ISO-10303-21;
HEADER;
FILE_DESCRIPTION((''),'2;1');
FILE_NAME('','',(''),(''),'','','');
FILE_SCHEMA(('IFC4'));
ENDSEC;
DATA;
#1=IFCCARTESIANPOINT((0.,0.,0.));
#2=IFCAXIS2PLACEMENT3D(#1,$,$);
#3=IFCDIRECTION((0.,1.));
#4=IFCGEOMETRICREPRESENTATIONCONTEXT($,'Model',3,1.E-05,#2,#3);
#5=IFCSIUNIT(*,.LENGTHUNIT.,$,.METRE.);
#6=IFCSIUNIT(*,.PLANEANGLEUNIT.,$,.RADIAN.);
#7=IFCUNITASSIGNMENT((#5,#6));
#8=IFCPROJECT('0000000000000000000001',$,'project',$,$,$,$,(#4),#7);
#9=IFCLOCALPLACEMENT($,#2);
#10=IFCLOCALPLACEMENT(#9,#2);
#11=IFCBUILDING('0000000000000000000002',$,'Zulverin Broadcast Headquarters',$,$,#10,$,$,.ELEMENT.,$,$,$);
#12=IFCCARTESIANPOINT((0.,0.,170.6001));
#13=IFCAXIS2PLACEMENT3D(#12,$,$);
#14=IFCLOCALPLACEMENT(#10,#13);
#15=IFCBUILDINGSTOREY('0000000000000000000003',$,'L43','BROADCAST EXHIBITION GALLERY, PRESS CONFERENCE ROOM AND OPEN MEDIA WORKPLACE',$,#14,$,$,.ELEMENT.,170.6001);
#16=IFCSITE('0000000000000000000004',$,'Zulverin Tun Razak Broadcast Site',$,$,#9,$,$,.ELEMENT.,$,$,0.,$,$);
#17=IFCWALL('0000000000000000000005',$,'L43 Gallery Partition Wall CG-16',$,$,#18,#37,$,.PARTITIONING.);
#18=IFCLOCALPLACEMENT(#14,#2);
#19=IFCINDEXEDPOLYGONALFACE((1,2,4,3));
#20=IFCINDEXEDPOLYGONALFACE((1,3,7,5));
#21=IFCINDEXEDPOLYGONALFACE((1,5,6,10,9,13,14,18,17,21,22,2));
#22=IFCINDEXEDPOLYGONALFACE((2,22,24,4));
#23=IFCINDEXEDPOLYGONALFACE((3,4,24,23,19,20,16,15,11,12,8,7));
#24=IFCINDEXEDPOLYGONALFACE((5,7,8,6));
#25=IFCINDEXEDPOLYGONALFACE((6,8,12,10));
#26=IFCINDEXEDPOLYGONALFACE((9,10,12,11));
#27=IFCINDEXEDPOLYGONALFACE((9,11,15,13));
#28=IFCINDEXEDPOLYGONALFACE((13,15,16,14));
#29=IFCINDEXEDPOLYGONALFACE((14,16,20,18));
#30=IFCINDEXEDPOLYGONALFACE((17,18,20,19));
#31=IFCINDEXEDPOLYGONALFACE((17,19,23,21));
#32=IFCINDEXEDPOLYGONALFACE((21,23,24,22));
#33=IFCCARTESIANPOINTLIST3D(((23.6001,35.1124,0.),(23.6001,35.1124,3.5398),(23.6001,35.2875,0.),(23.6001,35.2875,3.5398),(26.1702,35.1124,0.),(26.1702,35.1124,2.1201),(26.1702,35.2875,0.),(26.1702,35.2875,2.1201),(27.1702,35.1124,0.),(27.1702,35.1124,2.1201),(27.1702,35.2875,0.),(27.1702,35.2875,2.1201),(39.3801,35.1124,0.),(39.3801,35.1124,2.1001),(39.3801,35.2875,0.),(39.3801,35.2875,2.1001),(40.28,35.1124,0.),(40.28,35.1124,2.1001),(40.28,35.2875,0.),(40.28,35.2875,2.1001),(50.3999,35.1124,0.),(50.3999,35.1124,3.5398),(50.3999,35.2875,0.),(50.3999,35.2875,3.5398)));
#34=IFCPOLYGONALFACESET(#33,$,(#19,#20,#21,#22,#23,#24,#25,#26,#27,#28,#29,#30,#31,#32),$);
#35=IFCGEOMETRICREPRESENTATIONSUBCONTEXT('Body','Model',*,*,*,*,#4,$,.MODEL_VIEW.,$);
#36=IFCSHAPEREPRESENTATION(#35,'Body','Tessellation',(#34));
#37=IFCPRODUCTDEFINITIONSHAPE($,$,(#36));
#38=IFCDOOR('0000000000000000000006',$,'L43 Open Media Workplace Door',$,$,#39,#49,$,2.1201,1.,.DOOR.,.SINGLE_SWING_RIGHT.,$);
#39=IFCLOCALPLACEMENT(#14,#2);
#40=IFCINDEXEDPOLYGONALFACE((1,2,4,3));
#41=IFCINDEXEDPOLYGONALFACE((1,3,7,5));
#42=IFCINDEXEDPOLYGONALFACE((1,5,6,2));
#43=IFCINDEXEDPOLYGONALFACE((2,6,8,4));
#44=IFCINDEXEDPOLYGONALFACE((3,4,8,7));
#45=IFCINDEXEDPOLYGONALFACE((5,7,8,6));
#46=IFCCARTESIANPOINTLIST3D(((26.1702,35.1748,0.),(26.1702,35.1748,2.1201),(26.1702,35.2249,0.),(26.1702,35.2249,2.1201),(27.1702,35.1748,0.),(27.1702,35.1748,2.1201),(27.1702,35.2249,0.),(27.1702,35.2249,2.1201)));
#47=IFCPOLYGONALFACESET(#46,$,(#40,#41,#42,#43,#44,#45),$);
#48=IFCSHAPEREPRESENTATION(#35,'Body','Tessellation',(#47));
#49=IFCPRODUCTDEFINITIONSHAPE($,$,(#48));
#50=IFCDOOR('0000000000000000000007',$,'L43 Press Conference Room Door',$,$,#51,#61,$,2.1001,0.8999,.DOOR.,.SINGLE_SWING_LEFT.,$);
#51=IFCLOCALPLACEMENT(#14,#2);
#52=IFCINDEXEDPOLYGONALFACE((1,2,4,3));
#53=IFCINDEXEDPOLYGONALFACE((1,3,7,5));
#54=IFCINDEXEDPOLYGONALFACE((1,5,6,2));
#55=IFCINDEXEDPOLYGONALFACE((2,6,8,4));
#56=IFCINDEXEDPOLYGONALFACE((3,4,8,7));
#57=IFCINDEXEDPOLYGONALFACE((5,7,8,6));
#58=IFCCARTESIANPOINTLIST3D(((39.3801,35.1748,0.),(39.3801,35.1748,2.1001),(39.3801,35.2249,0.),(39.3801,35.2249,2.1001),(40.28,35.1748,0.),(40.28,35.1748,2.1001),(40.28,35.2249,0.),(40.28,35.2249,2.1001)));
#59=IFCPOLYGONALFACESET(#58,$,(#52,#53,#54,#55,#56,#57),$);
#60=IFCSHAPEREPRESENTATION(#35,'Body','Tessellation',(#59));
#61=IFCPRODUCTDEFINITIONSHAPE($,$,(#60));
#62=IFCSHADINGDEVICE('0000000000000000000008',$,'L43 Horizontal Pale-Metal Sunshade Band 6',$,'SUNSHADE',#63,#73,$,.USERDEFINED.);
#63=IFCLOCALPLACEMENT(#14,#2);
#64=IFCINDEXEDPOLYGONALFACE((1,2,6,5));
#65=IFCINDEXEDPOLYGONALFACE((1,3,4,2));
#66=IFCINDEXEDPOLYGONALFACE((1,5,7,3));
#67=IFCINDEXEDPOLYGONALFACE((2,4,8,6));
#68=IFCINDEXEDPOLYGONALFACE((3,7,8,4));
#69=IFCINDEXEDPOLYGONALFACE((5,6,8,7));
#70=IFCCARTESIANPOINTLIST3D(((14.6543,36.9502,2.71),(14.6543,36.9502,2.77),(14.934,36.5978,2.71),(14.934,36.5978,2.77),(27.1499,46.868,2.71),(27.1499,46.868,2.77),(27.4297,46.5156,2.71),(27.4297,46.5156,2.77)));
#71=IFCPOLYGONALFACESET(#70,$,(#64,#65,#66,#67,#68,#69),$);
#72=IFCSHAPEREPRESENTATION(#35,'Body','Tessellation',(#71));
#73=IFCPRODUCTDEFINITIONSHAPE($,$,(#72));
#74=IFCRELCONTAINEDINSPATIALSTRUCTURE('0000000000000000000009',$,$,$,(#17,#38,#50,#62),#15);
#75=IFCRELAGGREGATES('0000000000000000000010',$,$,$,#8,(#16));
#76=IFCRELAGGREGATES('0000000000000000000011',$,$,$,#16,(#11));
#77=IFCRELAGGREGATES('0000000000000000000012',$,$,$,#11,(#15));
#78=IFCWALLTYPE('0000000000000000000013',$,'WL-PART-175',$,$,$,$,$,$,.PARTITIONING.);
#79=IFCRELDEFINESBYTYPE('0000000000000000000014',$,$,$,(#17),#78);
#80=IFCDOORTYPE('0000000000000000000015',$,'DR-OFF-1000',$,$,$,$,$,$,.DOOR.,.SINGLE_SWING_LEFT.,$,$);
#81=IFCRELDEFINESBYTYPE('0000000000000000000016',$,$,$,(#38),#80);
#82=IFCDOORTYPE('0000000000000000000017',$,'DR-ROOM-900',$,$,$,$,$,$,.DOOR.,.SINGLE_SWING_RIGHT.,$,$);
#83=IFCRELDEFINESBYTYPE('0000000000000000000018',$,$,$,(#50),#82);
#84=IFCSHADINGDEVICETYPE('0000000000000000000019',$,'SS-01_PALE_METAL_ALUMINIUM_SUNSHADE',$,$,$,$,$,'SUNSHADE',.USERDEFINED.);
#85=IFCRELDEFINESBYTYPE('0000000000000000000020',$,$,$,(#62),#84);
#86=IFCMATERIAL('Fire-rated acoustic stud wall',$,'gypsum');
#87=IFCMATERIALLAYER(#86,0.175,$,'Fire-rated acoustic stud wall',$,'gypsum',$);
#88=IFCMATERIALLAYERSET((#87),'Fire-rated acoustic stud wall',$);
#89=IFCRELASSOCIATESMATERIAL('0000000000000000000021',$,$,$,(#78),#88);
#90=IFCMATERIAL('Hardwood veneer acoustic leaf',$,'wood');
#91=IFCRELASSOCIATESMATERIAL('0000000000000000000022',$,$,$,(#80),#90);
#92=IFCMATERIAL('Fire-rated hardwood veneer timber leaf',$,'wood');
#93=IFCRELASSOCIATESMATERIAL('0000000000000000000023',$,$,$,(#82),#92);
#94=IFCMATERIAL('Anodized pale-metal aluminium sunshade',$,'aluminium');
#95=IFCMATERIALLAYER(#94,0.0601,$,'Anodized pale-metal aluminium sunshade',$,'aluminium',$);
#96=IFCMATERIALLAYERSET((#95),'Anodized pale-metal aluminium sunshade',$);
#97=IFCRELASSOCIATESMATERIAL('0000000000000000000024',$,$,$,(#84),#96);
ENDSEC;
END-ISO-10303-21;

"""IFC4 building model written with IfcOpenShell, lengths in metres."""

from ifc_helpers import new_model, si_unit, direction, frame, frame_2d, origin, origin_2d, place, context, subcontext, project, spatial, rectangle, extrude, material, layer, layer_set, type_object, element, fill, save


model = new_model("IFC4")

# Units and contexts
model_context = context("Model", 3, precision=1e-05, world=origin(), true_north=direction((0.0, 1.0)))
body_context = subcontext(model_context, "Body", "Model", "MODEL_VIEW")
ifc_project = project(units=[si_unit("LENGTHUNIT", "METRE"), si_unit("PLANEANGLEUNIT", "RADIAN")], contexts=[model_context])

# Site, building, storey
site_placement = place(None, origin())
site = spatial("IfcSite", under=ifc_project, at=site_placement, Name="Zulverin Tun Razak Broadcast Site", CompositionType="ELEMENT", RefElevation=0.0)
building_placement = place(site_placement, origin())
building = spatial("IfcBuilding", under=site, at=building_placement, Name="Zulverin Broadcast Headquarters", CompositionType="ELEMENT")
storey_placement = place(building_placement, frame((0.0, 0.0, 170.6001)))
storey = spatial("IfcBuildingStorey", under=building, at=storey_placement, Name="L43", Description="BROADCAST EXHIBITION GALLERY, PRESS CONFERENCE ROOM AND OPEN MEDIA WORKPLACE", CompositionType="ELEMENT", Elevation=170.6001)

# Wall, openings, doors
ifc_material_1 = material(Name="Fire-rated acoustic stud wall", Category="gypsum")
ifc_layer_1 = layer(ifc_material_1, 0.175, Name="Fire-rated acoustic stud wall", Category="gypsum")
ifc_layer_set_1 = layer_set([ifc_layer_1], Name="Fire-rated acoustic stud wall")
wall_type_1 = type_object("IfcWallType", Name="WL-PART-175", PredefinedType="PARTITIONING", material=ifc_layer_set_1)
wall_1_placement = place(storey_placement, frame((23.6001, 35.2, 0.0), z_axis=(0.0, 0.0, 1.0), x_axis=(1.0, 0.0, 0.0)))
wall_1 = element("IfcWall", 1, at=wall_1_placement, inside=storey, type_object=wall_type_1, Name="L43 Gallery Partition Wall CG-16", PredefinedType="PARTITIONING", context=body_context, shape_type="SweptSolid", body=[
    extrude(rectangle(XDim=26.7998, YDim=0.175, at=frame_2d((13.3999, 0.0))), origin(), (0.0, 0.0, 1.0), 3.5398),
])
opening_1_placement = place(wall_1_placement, frame((2.5701, 0.0, 0.0)))
opening_1 = element("IfcOpeningElement", 2, at=opening_1_placement, cuts=wall_1, PredefinedType="OPENING", context=body_context, shape_type="SweptSolid", body=[
    extrude(rectangle(XDim=1.0, YDim=2.1201, at=frame_2d((0.5, 1.0601))), frame((0.0, 0.0974, 0.0), z_axis=(0.0, -1.0, 0.0), x_axis=(1.0, 0.0, 0.0)), (0.0, 0.0, 1.0), 0.1951),
])
opening_2_placement = place(wall_1_placement, frame((15.78, 0.0, 0.0)))
opening_2 = element("IfcOpeningElement", 3, at=opening_2_placement, cuts=wall_1, PredefinedType="OPENING", context=body_context, shape_type="SweptSolid", body=[
    extrude(rectangle(XDim=0.8999, YDim=2.1001, at=frame_2d((0.45, 1.05))), frame((0.0, 0.0974, 0.0), z_axis=(0.0, -1.0, 0.0), x_axis=(1.0, 0.0, 0.0)), (0.0, 0.0, 1.0), 0.1951),
])
ifc_material_2 = material(Name="Hardwood veneer acoustic leaf", Category="wood")
door_type_1 = type_object("IfcDoorType", Name="DR-OFF-1000", OperationType="SINGLE_SWING_LEFT", PredefinedType="DOOR", material=ifc_material_2)
door_1_placement = place(opening_1_placement, origin())
door_1 = element("IfcDoor", 4, at=door_1_placement, inside=storey, type_object=door_type_1, Name="L43 Open Media Workplace Door", OperationType="SINGLE_SWING_RIGHT", OverallHeight=2.1201, OverallWidth=1.0, PredefinedType="DOOR", context=body_context, shape_type="SweptSolid", body=[
    extrude(rectangle(XDim=1.0, YDim=2.1201, at=frame_2d((0.5, 1.0601))), frame((0.0, 0.0249, 0.0), z_axis=(0.0, -1.0, 0.0), x_axis=(1.0, 0.0, 0.0)), (0.0, 0.0, 1.0), 0.05),
])
fill(opening_1, door_1)
ifc_material_3 = material(Name="Fire-rated hardwood veneer timber leaf", Category="wood")
door_type_2 = type_object("IfcDoorType", Name="DR-ROOM-900", OperationType="SINGLE_SWING_RIGHT", PredefinedType="DOOR", material=ifc_material_3)
door_2_placement = place(opening_2_placement, origin())
door_2 = element("IfcDoor", 5, at=door_2_placement, inside=storey, type_object=door_type_2, Name="L43 Press Conference Room Door", OperationType="SINGLE_SWING_LEFT", OverallHeight=2.1001, OverallWidth=0.8999, PredefinedType="DOOR", context=body_context, shape_type="SweptSolid", body=[
    extrude(rectangle(XDim=0.8999, YDim=2.1001, at=frame_2d((0.45, 1.05))), frame((0.0, 0.0249, 0.0), z_axis=(0.0, -1.0, 0.0), x_axis=(1.0, 0.0, 0.0)), (0.0, 0.0, 1.0), 0.05),
])
fill(opening_2, door_2)

# Shading device
ifc_material_4 = material(Name="Anodized pale-metal aluminium sunshade", Category="aluminium")
ifc_layer_2 = layer(ifc_material_4, 0.0601, Name="Anodized pale-metal aluminium sunshade", Category="aluminium")
ifc_layer_set_2 = layer_set([ifc_layer_2], Name="Anodized pale-metal aluminium sunshade")
shading_device_type = type_object("IfcShadingDeviceType", Name="SS-01_PALE_METAL_ALUMINIUM_SUNSHADE", ElementType="SUNSHADE", PredefinedType="USERDEFINED", material=ifc_layer_set_2)
shading_device_placement = place(storey_placement, frame((21.042, 41.7329, 2.71), z_axis=(0.0, 0.0, 1.0), x_axis=(-0.78327, -0.621681, 0.0)))
element("IfcShadingDevice", 6, at=shading_device_placement, inside=storey, type_object=shading_device_type, Name="L43 Horizontal Pale-Metal Sunshade Band 6", ObjectType="SUNSHADE", PredefinedType="USERDEFINED", context=body_context, shape_type="SweptSolid", body=[
    extrude(rectangle(XDim=15.9531, YDim=0.45, at=origin_2d()), origin(), (0.0, 0.0, 1.0), 0.0601),
])

save(model, "model.ifc")
